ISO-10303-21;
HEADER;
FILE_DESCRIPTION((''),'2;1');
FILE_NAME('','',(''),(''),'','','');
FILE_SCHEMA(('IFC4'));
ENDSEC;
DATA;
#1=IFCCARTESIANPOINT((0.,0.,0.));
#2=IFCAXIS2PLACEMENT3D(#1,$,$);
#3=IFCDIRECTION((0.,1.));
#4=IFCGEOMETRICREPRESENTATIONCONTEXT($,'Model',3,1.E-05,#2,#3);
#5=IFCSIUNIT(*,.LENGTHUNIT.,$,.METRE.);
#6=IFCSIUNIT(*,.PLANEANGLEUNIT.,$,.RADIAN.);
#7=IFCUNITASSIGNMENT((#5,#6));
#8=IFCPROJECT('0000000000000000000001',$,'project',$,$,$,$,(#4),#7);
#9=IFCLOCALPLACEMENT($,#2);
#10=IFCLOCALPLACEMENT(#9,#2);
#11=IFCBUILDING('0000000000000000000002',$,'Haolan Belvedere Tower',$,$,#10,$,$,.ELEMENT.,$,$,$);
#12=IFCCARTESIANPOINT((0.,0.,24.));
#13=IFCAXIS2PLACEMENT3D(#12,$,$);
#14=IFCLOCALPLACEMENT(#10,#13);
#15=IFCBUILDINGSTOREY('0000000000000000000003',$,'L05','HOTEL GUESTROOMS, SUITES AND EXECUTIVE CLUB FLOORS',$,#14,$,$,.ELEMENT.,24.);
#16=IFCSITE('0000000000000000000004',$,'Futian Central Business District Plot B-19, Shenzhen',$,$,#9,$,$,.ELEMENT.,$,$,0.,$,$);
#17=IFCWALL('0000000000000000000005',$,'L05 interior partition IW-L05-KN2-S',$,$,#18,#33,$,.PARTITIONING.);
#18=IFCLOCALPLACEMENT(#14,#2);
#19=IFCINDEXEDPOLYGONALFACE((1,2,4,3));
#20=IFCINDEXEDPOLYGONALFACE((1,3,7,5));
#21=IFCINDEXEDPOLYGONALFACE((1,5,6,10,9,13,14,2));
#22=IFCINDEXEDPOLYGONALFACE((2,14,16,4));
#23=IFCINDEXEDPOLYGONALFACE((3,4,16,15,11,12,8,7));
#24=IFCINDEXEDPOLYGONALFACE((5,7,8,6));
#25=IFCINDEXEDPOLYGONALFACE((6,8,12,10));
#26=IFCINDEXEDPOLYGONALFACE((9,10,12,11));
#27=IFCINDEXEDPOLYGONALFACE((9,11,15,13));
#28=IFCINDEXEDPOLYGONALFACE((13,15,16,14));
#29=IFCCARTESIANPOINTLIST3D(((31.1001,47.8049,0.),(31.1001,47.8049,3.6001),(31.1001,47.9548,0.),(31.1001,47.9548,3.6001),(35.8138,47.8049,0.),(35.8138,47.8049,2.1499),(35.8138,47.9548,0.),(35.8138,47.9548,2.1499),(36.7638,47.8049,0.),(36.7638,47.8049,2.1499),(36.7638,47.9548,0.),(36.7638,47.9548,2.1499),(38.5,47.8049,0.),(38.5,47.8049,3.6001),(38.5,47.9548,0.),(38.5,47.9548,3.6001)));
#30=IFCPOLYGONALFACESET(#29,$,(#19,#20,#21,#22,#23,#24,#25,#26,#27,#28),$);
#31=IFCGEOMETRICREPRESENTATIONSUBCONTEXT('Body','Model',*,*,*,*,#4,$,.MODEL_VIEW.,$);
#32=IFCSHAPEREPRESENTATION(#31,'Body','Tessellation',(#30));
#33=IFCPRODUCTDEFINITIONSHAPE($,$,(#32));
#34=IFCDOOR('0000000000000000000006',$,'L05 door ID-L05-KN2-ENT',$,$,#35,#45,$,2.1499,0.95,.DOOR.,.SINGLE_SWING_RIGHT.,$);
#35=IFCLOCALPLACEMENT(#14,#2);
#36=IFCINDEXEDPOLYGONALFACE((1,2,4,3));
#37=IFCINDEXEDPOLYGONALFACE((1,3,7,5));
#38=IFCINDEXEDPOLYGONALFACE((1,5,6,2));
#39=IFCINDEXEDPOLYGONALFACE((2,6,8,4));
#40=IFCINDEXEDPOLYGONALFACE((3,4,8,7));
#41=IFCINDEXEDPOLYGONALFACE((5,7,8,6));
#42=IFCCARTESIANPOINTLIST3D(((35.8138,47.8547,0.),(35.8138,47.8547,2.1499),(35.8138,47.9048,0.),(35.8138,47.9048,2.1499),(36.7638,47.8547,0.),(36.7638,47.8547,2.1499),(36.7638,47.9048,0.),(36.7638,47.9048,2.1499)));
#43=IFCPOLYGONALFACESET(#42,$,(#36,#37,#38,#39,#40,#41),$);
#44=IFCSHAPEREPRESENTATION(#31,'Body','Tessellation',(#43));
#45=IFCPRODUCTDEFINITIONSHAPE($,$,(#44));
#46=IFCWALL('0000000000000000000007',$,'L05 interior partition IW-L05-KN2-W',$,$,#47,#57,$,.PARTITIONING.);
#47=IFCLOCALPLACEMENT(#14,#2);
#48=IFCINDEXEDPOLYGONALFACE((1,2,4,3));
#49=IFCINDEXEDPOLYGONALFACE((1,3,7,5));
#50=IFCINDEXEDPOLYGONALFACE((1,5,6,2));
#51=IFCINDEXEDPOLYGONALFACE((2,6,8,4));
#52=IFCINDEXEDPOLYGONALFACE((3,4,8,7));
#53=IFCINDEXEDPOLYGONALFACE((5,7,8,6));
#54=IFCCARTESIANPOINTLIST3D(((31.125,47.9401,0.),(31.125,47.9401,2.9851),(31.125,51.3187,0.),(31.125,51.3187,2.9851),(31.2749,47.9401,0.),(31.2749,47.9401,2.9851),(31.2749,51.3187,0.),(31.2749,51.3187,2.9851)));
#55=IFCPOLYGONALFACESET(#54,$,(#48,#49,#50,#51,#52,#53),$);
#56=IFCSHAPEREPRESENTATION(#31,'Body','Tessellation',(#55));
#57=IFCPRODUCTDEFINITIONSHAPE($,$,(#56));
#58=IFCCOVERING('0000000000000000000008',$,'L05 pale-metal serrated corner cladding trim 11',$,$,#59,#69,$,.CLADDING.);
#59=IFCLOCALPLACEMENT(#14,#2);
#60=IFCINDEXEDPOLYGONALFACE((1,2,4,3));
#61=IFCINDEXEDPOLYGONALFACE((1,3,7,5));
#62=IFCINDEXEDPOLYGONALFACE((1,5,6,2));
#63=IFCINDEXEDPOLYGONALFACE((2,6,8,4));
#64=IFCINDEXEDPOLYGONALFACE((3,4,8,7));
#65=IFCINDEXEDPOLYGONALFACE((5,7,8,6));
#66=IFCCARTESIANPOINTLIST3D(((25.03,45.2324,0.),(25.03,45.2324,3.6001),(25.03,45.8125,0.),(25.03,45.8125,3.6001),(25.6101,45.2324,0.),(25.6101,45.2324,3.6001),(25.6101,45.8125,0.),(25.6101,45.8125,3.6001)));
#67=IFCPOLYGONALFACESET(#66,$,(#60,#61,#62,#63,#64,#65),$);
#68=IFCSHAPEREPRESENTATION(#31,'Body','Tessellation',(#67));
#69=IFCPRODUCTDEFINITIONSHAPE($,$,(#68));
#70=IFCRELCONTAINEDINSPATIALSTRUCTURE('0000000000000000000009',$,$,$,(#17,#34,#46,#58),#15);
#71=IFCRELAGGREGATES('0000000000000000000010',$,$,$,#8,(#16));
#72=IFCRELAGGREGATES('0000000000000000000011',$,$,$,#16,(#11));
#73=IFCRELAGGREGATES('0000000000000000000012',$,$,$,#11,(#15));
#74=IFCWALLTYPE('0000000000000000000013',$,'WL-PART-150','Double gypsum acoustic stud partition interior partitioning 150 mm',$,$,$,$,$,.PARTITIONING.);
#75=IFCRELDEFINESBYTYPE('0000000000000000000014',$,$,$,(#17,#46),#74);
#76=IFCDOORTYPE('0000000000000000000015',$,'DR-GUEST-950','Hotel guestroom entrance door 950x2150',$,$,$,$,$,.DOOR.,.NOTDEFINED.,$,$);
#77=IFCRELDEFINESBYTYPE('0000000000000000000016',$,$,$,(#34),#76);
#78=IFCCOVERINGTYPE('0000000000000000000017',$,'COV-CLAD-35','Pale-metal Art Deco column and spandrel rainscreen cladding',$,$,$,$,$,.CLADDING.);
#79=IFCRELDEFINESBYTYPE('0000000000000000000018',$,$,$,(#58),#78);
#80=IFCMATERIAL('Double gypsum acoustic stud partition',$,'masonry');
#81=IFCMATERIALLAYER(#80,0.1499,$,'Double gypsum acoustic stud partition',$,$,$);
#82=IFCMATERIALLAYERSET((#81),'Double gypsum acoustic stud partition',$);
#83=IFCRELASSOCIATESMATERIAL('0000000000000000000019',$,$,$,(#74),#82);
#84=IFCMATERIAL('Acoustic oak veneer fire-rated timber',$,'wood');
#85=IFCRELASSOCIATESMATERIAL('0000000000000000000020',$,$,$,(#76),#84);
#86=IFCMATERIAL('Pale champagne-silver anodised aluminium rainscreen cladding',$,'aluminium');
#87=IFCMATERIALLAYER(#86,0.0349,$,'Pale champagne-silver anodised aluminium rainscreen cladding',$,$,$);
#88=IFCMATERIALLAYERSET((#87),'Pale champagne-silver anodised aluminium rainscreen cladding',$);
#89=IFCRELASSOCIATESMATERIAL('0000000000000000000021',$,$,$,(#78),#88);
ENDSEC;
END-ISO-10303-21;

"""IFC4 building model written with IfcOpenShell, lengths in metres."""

from ifc_helpers import new_model, si_unit, direction, frame, frame_2d, origin, origin_2d, place, context, subcontext, project, spatial, rectangle, extrude, material, layer, layer_set, type_object, element, fill, save


model = new_model("IFC4")

# Units and contexts
model_context = context("Model", 3, precision=1e-05, world=origin(), true_north=direction((0.0, 1.0)))
body_context = subcontext(model_context, "Body", "Model", "MODEL_VIEW")
ifc_project = project(units=[si_unit("LENGTHUNIT", "METRE"), si_unit("PLANEANGLEUNIT", "RADIAN")], contexts=[model_context])

# Site, building, storey
site_placement = place(None, origin())
site = spatial("IfcSite", under=ifc_project, at=site_placement, Name="Futian Central Business District Plot B-19, Shenzhen", CompositionType="ELEMENT", RefElevation=0.0)
building_placement = place(site_placement, origin())
building = spatial("IfcBuilding", under=site, at=building_placement, Name="Haolan Belvedere Tower", CompositionType="ELEMENT")
storey_placement = place(building_placement, frame((0.0, 0.0, 24.0)))
storey = spatial("IfcBuildingStorey", under=building, at=storey_placement, Name="L05", Description="HOTEL GUESTROOMS, SUITES AND EXECUTIVE CLUB FLOORS", CompositionType="ELEMENT", Elevation=24.0)

# Shared definitions
ifc_material_1 = material(Name="Double gypsum acoustic stud partition", Category="masonry")
ifc_layer_1 = layer(ifc_material_1, 0.1499, Name="Double gypsum acoustic stud partition")
ifc_layer_set_1 = layer_set([ifc_layer_1], Name="Double gypsum acoustic stud partition")
wall_type_1 = type_object("IfcWallType", Name="WL-PART-150", Description="Double gypsum acoustic stud partition interior partitioning 150 mm", PredefinedType="PARTITIONING", material=ifc_layer_set_1)

# Wall, opening, door
wall_1_placement = place(storey_placement, frame((31.1001, 47.8799, 0.0), z_axis=(0.0, 0.0, 1.0), x_axis=(1.0, 0.0, 0.0)))
wall_1 = element("IfcWall", 1, at=wall_1_placement, inside=storey, type_object=wall_type_1, Name="L05 interior partition IW-L05-KN2-S", PredefinedType="PARTITIONING", context=body_context, shape_type="SweptSolid", body=[
    extrude(rectangle(XDim=7.3999, YDim=0.1499, at=frame_2d((3.7, 0.0))), origin(), (0.0, 0.0, 1.0), 3.6001),
])
opening_1_placement = place(wall_1_placement, frame((4.7136, 0.0, 0.0)))
opening_1 = element("IfcOpeningElement", 2, at=opening_1_placement, cuts=wall_1, PredefinedType="OPENING", context=body_context, shape_type="SweptSolid", body=[
    extrude(rectangle(XDim=0.95, YDim=2.1499, at=frame_2d((0.4751, 1.075))), frame((0.0, 0.085, 0.0), z_axis=(0.0, -1.0, 0.0), x_axis=(1.0, 0.0, 0.0)), (0.0, 0.0, 1.0), 0.1699),
])
ifc_material_2 = material(Name="Acoustic oak veneer fire-rated timber", Category="wood")
door_type_1 = type_object("IfcDoorType", Name="DR-GUEST-950", Description="Hotel guestroom entrance door 950x2150", OperationType="NOTDEFINED", PredefinedType="DOOR", material=ifc_material_2)
door_1_placement = place(opening_1_placement, origin())
door_1 = element("IfcDoor", 3, at=door_1_placement, inside=storey, type_object=door_type_1, Name="L05 door ID-L05-KN2-ENT", OperationType="SINGLE_SWING_RIGHT", OverallHeight=2.1499, OverallWidth=0.95, PredefinedType="DOOR", context=body_context, shape_type="SweptSolid", body=[
    extrude(rectangle(XDim=0.95, YDim=2.1499, at=frame_2d((0.4751, 1.075))), frame((0.0, 0.0249, 0.0), z_axis=(0.0, -1.0, 0.0), x_axis=(1.0, 0.0, 0.0)), (0.0, 0.0, 1.0), 0.05),
])
fill(opening_1, door_1)

# Wall
wall_2_placement = place(storey_placement, frame((31.2, 47.9399, 0.0), z_axis=(0.0, 0.0, 1.0), x_axis=(0.0, 1.0, 0.0)))
element("IfcWall", 4, at=wall_2_placement, inside=storey, type_object=wall_type_1, Name="L05 interior partition IW-L05-KN2-W", PredefinedType="PARTITIONING", context=body_context, shape_type="SweptSolid", body=[
    extrude(rectangle(XDim=3.3787, YDim=0.1499, at=frame_2d((1.6895, 0.0))), origin(), (0.0, 0.0, 1.0), 2.9851),
])

# Covering
ifc_material_3 = material(Name="Pale champagne-silver anodised aluminium rainscreen cladding", Category="aluminium")
ifc_layer_2 = layer(ifc_material_3, 0.0349, Name="Pale champagne-silver anodised aluminium rainscreen cladding")
ifc_layer_set_2 = layer_set([ifc_layer_2], Name="Pale champagne-silver anodised aluminium rainscreen cladding")
covering_type = type_object("IfcCoveringType", Name="COV-CLAD-35", Description="Pale-metal Art Deco column and spandrel rainscreen cladding", PredefinedType="CLADDING", material=ifc_layer_set_2)
covering_placement = place(storey_placement, frame((25.3201, 45.5225, 0.0), z_axis=(0.0, 0.0, 1.0), x_axis=(1.0, 0.0, 0.0)))
element("IfcCovering", 5, at=covering_placement, inside=storey, type_object=covering_type, Name="L05 pale-metal serrated corner cladding trim 11", PredefinedType="CLADDING", context=body_context, shape_type="SweptSolid", body=[
    extrude(rectangle(XDim=0.5801, YDim=0.5801, at=origin_2d()), origin(), (0.0, 0.0, 1.0), 3.6001),
])

save(model, "model.ifc")
